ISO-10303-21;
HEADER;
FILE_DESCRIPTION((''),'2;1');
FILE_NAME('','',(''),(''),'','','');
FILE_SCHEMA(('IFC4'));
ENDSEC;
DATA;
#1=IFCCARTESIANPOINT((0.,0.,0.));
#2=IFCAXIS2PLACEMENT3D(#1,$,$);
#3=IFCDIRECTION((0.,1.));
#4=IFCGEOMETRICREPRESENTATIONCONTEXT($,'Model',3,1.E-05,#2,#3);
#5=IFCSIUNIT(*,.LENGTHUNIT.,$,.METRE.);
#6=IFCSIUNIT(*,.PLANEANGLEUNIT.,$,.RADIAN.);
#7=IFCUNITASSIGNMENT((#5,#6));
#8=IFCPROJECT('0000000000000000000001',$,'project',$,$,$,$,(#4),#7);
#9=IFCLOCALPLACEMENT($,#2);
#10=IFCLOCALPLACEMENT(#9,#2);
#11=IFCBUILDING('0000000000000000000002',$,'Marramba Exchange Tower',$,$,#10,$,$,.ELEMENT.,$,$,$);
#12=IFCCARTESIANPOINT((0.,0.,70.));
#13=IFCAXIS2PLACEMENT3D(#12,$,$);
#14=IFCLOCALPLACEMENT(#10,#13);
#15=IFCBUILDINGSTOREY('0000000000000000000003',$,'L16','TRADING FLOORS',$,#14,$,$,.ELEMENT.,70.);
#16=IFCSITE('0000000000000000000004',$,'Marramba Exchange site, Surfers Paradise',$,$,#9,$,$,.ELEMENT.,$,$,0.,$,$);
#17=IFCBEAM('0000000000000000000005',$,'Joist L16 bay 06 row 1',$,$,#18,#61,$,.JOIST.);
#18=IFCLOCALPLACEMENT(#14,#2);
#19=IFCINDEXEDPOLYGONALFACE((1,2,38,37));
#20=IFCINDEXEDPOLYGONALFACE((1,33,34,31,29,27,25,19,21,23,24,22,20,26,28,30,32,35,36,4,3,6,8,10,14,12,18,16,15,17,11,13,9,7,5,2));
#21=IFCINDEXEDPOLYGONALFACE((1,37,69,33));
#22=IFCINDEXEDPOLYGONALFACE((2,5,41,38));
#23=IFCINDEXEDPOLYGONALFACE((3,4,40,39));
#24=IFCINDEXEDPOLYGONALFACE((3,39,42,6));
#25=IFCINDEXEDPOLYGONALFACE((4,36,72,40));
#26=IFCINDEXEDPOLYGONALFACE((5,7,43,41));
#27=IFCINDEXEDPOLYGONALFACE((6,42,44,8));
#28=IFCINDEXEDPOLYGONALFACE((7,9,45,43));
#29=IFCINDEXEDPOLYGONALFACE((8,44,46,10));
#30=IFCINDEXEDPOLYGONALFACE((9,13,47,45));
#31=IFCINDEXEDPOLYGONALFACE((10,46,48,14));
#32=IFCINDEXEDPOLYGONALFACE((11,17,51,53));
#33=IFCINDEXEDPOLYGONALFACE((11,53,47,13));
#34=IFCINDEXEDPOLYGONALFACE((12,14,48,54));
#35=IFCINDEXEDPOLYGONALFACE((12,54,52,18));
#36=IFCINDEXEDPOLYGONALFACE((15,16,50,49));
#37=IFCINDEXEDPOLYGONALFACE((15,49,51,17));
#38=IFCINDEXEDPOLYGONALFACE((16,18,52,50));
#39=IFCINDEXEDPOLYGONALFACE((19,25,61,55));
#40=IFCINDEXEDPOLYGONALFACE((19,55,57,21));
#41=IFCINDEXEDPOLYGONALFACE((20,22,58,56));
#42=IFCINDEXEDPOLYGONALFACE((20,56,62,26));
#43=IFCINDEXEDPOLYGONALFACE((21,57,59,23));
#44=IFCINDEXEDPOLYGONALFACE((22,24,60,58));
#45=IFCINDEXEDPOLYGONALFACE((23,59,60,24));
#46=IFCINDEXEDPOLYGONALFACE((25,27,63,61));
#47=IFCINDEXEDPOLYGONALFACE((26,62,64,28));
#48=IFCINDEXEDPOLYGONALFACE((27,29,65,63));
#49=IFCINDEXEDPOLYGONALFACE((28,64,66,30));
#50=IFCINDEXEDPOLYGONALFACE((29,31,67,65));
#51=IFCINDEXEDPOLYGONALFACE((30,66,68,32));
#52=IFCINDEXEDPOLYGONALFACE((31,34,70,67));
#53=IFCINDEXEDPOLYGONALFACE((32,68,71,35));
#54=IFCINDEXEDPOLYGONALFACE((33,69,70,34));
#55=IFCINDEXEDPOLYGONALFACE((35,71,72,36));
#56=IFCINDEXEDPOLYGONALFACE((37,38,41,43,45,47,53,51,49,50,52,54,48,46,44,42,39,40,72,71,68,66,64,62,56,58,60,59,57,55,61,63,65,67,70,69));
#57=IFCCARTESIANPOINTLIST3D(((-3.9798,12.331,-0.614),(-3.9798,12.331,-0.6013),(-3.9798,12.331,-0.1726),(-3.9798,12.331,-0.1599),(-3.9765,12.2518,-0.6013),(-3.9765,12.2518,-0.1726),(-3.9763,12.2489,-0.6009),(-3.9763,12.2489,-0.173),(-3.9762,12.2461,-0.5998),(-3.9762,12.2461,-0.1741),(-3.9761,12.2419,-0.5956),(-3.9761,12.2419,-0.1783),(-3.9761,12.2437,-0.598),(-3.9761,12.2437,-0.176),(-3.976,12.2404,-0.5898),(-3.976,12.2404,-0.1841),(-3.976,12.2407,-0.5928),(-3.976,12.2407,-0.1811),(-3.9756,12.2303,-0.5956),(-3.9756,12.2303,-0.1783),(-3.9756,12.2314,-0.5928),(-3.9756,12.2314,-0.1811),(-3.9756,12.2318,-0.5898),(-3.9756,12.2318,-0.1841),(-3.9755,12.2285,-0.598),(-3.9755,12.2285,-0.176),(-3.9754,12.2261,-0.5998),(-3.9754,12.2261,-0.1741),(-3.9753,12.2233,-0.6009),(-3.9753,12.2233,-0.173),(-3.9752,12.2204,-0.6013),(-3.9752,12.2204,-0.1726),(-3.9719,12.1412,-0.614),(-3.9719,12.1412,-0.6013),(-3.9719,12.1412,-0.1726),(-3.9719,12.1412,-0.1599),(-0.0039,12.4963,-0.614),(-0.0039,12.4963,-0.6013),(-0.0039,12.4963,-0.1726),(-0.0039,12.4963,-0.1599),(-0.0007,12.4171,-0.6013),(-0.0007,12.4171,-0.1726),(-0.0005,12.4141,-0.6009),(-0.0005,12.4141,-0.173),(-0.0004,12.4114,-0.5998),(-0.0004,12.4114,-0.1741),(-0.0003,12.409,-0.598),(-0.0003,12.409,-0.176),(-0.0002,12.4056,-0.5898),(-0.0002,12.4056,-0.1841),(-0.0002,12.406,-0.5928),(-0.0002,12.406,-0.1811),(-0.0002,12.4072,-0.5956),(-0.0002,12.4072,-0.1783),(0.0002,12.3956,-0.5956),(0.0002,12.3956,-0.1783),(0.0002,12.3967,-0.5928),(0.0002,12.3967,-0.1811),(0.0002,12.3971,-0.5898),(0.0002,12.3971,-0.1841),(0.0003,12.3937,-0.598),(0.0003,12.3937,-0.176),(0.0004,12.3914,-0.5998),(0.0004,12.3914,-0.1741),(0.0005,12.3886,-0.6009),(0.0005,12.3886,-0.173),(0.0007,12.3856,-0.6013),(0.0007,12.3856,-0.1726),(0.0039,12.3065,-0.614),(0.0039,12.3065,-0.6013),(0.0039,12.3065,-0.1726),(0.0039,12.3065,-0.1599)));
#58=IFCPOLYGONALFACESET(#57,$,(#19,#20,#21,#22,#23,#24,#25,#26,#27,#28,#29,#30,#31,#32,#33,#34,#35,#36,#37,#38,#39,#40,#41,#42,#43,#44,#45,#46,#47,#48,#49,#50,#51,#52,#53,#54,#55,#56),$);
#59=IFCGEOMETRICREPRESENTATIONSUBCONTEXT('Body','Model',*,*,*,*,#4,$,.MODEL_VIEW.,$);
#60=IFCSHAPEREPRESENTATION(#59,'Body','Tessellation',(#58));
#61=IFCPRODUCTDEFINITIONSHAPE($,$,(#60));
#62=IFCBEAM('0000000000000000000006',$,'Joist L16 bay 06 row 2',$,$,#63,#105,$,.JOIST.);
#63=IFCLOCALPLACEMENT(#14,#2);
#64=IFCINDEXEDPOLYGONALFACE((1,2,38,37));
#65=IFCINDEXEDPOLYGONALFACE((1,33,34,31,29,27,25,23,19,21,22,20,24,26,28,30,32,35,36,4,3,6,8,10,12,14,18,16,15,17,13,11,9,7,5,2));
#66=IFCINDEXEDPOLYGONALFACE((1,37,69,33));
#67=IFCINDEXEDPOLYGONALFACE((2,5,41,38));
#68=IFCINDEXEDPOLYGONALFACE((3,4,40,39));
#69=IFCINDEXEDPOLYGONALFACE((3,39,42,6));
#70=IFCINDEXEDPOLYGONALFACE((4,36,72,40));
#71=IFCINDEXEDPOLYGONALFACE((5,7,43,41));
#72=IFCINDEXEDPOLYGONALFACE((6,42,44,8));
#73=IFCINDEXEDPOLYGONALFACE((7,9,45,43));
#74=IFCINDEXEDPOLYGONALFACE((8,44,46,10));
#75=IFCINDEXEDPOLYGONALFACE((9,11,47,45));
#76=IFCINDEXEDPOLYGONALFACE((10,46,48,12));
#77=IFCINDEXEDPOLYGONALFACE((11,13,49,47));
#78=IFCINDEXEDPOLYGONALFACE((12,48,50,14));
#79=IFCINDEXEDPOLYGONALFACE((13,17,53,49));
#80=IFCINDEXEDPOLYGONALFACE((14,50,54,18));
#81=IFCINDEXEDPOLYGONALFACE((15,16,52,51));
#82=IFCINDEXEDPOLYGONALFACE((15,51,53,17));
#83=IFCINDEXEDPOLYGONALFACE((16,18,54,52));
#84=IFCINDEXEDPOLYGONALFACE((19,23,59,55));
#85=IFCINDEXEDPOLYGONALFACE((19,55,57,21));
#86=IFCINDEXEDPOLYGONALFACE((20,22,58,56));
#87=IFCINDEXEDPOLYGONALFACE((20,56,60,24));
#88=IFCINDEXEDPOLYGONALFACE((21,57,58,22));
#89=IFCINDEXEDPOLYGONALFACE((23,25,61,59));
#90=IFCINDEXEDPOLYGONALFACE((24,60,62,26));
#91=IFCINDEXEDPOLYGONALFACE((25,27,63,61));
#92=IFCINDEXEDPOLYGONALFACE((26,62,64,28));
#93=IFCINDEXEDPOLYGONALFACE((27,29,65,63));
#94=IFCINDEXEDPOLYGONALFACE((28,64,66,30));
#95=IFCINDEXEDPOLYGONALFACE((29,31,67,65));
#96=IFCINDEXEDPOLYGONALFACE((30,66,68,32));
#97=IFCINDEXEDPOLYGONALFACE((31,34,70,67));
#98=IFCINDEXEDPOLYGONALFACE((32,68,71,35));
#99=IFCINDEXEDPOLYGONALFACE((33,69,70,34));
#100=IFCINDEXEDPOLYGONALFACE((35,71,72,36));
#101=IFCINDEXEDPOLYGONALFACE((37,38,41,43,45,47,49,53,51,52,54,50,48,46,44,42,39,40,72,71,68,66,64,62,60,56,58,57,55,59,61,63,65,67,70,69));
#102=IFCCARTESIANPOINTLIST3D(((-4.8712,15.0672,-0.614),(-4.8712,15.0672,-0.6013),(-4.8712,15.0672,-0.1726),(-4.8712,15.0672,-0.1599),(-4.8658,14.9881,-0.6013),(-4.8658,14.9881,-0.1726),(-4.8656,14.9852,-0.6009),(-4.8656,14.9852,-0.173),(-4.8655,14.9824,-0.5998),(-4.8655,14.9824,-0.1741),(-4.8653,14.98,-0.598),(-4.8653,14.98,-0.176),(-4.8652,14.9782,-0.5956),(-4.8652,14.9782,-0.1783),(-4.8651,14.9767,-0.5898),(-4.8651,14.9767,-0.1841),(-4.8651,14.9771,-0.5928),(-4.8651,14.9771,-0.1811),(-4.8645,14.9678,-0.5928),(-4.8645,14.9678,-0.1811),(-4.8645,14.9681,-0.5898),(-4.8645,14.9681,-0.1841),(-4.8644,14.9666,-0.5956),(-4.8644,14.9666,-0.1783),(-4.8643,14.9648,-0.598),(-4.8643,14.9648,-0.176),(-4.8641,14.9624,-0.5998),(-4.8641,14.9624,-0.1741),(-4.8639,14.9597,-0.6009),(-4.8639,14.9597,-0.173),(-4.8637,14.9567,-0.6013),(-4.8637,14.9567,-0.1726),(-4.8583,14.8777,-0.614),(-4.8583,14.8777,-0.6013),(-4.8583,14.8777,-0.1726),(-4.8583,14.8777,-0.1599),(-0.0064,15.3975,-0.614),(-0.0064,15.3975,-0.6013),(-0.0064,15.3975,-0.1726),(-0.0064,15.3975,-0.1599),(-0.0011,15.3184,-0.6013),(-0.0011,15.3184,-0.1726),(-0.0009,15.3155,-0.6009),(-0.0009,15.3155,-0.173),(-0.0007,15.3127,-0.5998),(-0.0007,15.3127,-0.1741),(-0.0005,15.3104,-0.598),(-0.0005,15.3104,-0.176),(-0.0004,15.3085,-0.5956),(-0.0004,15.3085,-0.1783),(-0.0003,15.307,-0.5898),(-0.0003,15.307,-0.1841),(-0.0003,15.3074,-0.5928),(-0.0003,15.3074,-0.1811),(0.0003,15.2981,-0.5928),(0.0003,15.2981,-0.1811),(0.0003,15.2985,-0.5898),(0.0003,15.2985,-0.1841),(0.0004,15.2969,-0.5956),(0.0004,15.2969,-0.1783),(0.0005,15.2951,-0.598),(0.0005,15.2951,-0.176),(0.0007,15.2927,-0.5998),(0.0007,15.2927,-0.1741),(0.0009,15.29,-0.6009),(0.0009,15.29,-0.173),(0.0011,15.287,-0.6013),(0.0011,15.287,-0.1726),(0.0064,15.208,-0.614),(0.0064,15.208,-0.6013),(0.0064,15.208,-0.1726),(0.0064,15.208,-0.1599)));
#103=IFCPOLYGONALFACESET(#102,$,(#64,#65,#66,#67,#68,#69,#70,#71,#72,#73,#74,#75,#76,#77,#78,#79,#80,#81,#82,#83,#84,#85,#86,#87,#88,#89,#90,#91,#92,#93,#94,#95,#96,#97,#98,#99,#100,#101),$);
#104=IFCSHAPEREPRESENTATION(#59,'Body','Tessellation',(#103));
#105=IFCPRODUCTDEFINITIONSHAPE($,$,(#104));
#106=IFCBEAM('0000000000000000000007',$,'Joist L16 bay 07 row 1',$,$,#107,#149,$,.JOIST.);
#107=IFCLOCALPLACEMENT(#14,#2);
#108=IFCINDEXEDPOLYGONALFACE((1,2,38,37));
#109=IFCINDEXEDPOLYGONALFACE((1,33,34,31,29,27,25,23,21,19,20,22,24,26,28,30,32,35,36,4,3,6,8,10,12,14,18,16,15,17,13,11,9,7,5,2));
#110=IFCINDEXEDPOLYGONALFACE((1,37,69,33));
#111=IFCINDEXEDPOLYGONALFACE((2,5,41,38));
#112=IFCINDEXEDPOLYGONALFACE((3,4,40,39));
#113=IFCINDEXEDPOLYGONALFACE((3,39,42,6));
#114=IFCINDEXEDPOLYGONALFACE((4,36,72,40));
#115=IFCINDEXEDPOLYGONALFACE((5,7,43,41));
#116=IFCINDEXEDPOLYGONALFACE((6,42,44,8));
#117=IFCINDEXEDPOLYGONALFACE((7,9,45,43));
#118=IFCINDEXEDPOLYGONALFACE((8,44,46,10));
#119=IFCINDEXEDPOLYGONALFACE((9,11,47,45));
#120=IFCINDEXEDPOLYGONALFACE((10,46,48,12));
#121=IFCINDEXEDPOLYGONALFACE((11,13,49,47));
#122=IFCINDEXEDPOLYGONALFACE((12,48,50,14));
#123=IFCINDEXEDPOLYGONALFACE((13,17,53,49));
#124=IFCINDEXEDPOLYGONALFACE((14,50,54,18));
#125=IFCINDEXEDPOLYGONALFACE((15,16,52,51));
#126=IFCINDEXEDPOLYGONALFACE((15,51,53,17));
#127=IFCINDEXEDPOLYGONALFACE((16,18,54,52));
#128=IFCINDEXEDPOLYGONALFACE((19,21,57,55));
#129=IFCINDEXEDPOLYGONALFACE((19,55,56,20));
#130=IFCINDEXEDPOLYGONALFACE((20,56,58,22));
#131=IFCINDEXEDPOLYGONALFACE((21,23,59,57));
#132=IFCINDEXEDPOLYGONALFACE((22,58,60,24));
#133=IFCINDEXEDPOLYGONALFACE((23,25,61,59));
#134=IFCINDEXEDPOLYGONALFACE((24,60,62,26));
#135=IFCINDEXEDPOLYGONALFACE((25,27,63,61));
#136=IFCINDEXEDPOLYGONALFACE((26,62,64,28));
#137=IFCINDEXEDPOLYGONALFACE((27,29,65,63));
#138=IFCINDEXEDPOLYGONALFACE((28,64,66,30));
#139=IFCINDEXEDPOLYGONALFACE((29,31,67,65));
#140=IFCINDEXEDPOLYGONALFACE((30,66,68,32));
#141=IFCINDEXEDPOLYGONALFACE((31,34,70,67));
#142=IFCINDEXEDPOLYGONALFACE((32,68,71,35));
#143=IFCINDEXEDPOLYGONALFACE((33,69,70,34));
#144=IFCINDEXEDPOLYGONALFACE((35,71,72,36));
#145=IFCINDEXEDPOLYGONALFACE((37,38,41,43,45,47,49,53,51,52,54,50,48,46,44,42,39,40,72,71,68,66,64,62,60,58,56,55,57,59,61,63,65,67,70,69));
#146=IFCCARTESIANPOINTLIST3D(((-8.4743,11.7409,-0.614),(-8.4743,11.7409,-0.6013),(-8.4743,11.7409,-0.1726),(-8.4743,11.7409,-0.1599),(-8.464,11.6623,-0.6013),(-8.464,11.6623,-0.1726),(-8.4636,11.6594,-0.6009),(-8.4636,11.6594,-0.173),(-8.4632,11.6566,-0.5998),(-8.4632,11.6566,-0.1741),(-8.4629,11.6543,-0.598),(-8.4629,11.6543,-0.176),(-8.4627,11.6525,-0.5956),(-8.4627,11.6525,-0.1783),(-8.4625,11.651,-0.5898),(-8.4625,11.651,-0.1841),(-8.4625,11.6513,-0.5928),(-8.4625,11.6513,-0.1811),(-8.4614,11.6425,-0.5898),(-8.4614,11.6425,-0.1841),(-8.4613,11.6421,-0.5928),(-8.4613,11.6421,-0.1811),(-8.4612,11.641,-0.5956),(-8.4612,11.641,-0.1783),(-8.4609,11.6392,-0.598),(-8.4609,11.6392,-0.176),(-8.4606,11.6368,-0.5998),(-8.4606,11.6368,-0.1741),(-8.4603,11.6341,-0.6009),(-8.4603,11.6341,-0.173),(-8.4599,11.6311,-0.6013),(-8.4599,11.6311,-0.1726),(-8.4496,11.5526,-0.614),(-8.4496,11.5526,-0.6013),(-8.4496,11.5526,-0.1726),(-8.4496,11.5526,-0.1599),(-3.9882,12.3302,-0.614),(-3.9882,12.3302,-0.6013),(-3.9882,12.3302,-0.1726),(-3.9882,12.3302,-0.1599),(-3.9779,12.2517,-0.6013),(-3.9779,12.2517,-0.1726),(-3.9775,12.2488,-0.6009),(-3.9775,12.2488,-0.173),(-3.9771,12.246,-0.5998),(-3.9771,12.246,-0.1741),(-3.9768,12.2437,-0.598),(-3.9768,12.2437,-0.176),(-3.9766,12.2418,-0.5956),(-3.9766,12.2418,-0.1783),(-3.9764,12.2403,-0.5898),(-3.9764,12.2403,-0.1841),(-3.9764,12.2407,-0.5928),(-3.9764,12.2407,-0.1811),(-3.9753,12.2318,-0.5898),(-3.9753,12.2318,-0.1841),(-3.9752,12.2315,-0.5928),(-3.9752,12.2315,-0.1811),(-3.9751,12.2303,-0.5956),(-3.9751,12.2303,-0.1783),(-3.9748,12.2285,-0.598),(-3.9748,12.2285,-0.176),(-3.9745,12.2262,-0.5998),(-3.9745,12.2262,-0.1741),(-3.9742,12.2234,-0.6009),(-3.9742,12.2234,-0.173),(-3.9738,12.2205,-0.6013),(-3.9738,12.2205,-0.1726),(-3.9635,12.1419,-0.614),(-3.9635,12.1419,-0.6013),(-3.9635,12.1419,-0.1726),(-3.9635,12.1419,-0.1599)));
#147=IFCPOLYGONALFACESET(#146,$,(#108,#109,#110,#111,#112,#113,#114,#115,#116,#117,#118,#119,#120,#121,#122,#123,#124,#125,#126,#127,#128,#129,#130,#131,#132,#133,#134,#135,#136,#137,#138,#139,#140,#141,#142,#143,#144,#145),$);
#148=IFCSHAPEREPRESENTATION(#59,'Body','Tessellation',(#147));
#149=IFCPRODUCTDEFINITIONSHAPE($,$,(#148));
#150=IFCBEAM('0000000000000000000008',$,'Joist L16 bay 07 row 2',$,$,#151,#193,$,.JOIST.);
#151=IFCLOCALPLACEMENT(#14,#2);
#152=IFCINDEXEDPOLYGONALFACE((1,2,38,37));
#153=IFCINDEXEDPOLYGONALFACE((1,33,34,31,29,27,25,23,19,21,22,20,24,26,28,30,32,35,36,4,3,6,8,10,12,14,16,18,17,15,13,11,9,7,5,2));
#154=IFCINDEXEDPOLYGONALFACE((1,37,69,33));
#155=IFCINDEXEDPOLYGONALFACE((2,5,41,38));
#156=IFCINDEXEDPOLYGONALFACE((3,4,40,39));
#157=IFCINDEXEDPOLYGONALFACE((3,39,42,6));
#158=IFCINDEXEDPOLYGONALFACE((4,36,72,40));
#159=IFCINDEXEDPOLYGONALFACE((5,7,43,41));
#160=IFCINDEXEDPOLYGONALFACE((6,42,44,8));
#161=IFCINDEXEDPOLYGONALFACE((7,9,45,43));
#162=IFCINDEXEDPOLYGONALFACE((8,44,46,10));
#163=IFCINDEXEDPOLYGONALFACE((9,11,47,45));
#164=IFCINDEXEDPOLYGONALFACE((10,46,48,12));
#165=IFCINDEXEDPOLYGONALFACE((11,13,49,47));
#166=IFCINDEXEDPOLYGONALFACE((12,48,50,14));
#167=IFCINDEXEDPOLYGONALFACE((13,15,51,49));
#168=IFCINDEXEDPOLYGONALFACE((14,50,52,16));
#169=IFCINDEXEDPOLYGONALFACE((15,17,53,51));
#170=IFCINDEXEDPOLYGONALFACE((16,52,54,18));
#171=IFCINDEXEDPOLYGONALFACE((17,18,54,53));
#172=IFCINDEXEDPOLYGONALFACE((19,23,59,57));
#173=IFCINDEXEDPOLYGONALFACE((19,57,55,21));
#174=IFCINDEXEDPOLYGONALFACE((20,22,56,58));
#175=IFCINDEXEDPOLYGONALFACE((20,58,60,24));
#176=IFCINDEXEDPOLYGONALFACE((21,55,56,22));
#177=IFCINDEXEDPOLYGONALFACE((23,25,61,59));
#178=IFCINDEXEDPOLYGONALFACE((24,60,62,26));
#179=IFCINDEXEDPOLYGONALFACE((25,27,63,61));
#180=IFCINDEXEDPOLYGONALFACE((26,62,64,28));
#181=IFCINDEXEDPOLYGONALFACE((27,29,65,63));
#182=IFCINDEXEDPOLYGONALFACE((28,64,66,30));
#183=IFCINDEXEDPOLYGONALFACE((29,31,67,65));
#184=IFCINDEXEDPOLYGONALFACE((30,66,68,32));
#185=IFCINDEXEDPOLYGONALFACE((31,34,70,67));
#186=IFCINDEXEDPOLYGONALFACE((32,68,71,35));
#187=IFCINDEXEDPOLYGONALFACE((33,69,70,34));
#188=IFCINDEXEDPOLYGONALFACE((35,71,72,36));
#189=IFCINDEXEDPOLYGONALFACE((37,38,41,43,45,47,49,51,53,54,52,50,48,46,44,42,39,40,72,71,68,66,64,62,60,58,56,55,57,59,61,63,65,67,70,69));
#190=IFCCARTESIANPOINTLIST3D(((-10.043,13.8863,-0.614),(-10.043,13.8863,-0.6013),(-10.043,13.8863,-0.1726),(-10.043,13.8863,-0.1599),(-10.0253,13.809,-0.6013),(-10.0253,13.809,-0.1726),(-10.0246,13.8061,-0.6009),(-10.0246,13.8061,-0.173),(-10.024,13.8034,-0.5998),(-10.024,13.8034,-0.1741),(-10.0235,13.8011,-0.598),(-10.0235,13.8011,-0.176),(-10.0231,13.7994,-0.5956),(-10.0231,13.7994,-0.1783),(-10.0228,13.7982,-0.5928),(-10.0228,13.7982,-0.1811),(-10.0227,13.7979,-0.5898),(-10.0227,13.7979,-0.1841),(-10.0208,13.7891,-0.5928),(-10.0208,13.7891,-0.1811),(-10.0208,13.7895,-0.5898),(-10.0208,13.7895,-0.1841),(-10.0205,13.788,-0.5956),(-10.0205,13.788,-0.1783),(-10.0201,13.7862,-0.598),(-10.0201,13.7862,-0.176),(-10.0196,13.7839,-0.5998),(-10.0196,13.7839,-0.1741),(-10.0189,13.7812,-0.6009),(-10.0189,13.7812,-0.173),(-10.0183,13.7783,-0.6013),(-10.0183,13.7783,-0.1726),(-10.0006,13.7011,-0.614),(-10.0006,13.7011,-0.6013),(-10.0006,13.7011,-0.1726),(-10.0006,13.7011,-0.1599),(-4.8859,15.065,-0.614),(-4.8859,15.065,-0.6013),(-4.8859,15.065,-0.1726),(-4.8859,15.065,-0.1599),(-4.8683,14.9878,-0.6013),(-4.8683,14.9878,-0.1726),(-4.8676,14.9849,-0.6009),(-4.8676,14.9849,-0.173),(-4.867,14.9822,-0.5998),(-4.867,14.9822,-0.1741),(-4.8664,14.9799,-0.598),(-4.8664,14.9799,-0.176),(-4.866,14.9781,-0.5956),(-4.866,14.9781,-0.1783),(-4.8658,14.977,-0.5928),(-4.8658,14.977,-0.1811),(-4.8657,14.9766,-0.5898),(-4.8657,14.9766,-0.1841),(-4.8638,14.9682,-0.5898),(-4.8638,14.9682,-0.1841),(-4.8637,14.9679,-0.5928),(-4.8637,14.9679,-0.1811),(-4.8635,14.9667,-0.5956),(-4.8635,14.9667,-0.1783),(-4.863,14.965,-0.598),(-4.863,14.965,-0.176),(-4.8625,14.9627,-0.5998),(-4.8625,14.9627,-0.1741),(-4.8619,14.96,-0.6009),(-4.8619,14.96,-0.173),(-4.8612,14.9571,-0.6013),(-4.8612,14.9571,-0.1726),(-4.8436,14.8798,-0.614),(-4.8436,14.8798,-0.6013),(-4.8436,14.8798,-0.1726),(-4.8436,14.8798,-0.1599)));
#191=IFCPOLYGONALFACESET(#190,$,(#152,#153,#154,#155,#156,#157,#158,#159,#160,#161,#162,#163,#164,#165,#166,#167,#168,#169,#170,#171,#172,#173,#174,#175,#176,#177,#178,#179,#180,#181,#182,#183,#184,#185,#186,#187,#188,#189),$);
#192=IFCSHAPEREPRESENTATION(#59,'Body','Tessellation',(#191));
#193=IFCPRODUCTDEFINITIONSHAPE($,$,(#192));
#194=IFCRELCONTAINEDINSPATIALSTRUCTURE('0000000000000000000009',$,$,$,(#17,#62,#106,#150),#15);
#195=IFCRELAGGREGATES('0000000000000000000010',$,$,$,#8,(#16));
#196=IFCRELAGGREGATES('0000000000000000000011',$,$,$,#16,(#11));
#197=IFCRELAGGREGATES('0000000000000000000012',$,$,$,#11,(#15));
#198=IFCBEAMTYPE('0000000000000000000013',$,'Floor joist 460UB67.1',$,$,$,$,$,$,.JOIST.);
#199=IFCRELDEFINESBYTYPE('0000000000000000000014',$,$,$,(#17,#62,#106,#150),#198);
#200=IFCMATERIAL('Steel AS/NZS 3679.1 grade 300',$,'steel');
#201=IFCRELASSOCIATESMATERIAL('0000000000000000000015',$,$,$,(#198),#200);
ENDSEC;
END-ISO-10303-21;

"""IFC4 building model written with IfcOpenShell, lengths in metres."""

from ifc_helpers import new_model, si_unit, direction, frame, origin, origin_2d, place, context, subcontext, project, spatial, i_section, extrude, material, material_profile, profile_set, type_object, element, save


model = new_model("IFC4")

# Units and contexts
model_context = context("Model", 3, precision=1e-05, world=origin(), true_north=direction((0.0, 1.0)))
body_context = subcontext(model_context, "Body", "Model", "MODEL_VIEW")
ifc_project = project(units=[si_unit("LENGTHUNIT", "METRE"), si_unit("PLANEANGLEUNIT", "RADIAN")], contexts=[model_context])

# Site, building, storey
site_placement = place(None, origin())
site = spatial("IfcSite", under=ifc_project, at=site_placement, Name="Marramba Exchange site, Surfers Paradise", CompositionType="ELEMENT", RefElevation=0.0)
building_placement = place(site_placement, origin())
building = spatial("IfcBuilding", under=site, at=building_placement, Name="Marramba Exchange Tower", CompositionType="ELEMENT")
storey_placement = place(building_placement, frame((0.0, 0.0, 70.0)))
storey = spatial("IfcBuildingStorey", under=building, at=storey_placement, Name="L16", Description="TRADING FLOORS", CompositionType="ELEMENT", Elevation=70.0)

# Beams
ifc_material_1 = material(Name="Steel AS/NZS 3679.1 grade 300", Category="steel")
ifc_material_profile_1 = material_profile(ifc_material_1, i_section(OverallWidth=0.1899, OverallDepth=0.4541, WebThickness=0.0085, FlangeThickness=0.0127, FilletRadius=0.0115, at=origin_2d()), Name="460UB67.1")
ifc_profile_set_1 = profile_set([ifc_material_profile_1], Name="Steel AS/NZS 3679.1 grade 300")
beam_type_1 = type_object("IfcBeamType", Name="Floor joist 460UB67.1", PredefinedType="JOIST", material=ifc_profile_set_1)
beam_1_placement = place(storey_placement, frame((0.0, 12.4014, -0.387), z_axis=(-0.999137, -0.041536, 0.0), x_axis=(0.041536, -0.999137, 0.0)))
element("IfcBeam", 1, at=beam_1_placement, inside=storey, type_object=beam_type_1, Name="Joist L16 bay 06 row 1", PredefinedType="JOIST", context=body_context, shape_type="SweptSolid", body=[
    extrude(i_section(OverallWidth=0.1899, OverallDepth=0.4541, WebThickness=0.0085, FlangeThickness=0.0127, FilletRadius=0.0115, at=origin_2d()), origin(), (0.0, 0.0, 1.0), 3.9792),
])
beam_2_placement = place(storey_placement, frame((0.0, 15.3027, -0.387), z_axis=(-0.997703, -0.067745, 0.0), x_axis=(0.067745, -0.997703, 0.0)))
element("IfcBeam", 2, at=beam_2_placement, inside=storey, type_object=beam_type_1, Name="Joist L16 bay 06 row 2", PredefinedType="JOIST", context=body_context, shape_type="SweptSolid", body=[
    extrude(i_section(OverallWidth=0.1899, OverallDepth=0.4541, WebThickness=0.0085, FlangeThickness=0.0127, FilletRadius=0.0115, at=origin_2d()), origin(), (0.0, 0.0, 1.0), 4.876),
])
beam_3_placement = place(storey_placement, frame((-3.9758, 12.2361, -0.387), z_axis=(-0.991481, -0.130255, 0.0), x_axis=(0.130255, -0.991481, 0.0)))
element("IfcBeam", 3, at=beam_3_placement, inside=storey, type_object=beam_type_1, Name="Joist L16 bay 07 row 1", PredefinedType="JOIST", context=body_context, shape_type="SweptSolid", body=[
    extrude(i_section(OverallWidth=0.1899, OverallDepth=0.4541, WebThickness=0.0085, FlangeThickness=0.0127, FilletRadius=0.0115, at=origin_2d()), origin(), (0.0, 0.0, 1.0), 4.5247),
])
beam_4_placement = place(storey_placement, frame((-4.8647, 14.9724, -0.387), z_axis=(-0.97486, -0.22282, 0.0), x_axis=(0.22282, -0.97486, 0.0)))
element("IfcBeam", 4, at=beam_4_placement, inside=storey, type_object=beam_type_1, Name="Joist L16 bay 07 row 2", PredefinedType="JOIST", context=body_context, shape_type="SweptSolid", body=[
    extrude(i_section(OverallWidth=0.1899, OverallDepth=0.4541, WebThickness=0.0085, FlangeThickness=0.0127, FilletRadius=0.0115, at=origin_2d()), origin(), (0.0, 0.0, 1.0), 5.29),
])

save(model, "model.ifc")
